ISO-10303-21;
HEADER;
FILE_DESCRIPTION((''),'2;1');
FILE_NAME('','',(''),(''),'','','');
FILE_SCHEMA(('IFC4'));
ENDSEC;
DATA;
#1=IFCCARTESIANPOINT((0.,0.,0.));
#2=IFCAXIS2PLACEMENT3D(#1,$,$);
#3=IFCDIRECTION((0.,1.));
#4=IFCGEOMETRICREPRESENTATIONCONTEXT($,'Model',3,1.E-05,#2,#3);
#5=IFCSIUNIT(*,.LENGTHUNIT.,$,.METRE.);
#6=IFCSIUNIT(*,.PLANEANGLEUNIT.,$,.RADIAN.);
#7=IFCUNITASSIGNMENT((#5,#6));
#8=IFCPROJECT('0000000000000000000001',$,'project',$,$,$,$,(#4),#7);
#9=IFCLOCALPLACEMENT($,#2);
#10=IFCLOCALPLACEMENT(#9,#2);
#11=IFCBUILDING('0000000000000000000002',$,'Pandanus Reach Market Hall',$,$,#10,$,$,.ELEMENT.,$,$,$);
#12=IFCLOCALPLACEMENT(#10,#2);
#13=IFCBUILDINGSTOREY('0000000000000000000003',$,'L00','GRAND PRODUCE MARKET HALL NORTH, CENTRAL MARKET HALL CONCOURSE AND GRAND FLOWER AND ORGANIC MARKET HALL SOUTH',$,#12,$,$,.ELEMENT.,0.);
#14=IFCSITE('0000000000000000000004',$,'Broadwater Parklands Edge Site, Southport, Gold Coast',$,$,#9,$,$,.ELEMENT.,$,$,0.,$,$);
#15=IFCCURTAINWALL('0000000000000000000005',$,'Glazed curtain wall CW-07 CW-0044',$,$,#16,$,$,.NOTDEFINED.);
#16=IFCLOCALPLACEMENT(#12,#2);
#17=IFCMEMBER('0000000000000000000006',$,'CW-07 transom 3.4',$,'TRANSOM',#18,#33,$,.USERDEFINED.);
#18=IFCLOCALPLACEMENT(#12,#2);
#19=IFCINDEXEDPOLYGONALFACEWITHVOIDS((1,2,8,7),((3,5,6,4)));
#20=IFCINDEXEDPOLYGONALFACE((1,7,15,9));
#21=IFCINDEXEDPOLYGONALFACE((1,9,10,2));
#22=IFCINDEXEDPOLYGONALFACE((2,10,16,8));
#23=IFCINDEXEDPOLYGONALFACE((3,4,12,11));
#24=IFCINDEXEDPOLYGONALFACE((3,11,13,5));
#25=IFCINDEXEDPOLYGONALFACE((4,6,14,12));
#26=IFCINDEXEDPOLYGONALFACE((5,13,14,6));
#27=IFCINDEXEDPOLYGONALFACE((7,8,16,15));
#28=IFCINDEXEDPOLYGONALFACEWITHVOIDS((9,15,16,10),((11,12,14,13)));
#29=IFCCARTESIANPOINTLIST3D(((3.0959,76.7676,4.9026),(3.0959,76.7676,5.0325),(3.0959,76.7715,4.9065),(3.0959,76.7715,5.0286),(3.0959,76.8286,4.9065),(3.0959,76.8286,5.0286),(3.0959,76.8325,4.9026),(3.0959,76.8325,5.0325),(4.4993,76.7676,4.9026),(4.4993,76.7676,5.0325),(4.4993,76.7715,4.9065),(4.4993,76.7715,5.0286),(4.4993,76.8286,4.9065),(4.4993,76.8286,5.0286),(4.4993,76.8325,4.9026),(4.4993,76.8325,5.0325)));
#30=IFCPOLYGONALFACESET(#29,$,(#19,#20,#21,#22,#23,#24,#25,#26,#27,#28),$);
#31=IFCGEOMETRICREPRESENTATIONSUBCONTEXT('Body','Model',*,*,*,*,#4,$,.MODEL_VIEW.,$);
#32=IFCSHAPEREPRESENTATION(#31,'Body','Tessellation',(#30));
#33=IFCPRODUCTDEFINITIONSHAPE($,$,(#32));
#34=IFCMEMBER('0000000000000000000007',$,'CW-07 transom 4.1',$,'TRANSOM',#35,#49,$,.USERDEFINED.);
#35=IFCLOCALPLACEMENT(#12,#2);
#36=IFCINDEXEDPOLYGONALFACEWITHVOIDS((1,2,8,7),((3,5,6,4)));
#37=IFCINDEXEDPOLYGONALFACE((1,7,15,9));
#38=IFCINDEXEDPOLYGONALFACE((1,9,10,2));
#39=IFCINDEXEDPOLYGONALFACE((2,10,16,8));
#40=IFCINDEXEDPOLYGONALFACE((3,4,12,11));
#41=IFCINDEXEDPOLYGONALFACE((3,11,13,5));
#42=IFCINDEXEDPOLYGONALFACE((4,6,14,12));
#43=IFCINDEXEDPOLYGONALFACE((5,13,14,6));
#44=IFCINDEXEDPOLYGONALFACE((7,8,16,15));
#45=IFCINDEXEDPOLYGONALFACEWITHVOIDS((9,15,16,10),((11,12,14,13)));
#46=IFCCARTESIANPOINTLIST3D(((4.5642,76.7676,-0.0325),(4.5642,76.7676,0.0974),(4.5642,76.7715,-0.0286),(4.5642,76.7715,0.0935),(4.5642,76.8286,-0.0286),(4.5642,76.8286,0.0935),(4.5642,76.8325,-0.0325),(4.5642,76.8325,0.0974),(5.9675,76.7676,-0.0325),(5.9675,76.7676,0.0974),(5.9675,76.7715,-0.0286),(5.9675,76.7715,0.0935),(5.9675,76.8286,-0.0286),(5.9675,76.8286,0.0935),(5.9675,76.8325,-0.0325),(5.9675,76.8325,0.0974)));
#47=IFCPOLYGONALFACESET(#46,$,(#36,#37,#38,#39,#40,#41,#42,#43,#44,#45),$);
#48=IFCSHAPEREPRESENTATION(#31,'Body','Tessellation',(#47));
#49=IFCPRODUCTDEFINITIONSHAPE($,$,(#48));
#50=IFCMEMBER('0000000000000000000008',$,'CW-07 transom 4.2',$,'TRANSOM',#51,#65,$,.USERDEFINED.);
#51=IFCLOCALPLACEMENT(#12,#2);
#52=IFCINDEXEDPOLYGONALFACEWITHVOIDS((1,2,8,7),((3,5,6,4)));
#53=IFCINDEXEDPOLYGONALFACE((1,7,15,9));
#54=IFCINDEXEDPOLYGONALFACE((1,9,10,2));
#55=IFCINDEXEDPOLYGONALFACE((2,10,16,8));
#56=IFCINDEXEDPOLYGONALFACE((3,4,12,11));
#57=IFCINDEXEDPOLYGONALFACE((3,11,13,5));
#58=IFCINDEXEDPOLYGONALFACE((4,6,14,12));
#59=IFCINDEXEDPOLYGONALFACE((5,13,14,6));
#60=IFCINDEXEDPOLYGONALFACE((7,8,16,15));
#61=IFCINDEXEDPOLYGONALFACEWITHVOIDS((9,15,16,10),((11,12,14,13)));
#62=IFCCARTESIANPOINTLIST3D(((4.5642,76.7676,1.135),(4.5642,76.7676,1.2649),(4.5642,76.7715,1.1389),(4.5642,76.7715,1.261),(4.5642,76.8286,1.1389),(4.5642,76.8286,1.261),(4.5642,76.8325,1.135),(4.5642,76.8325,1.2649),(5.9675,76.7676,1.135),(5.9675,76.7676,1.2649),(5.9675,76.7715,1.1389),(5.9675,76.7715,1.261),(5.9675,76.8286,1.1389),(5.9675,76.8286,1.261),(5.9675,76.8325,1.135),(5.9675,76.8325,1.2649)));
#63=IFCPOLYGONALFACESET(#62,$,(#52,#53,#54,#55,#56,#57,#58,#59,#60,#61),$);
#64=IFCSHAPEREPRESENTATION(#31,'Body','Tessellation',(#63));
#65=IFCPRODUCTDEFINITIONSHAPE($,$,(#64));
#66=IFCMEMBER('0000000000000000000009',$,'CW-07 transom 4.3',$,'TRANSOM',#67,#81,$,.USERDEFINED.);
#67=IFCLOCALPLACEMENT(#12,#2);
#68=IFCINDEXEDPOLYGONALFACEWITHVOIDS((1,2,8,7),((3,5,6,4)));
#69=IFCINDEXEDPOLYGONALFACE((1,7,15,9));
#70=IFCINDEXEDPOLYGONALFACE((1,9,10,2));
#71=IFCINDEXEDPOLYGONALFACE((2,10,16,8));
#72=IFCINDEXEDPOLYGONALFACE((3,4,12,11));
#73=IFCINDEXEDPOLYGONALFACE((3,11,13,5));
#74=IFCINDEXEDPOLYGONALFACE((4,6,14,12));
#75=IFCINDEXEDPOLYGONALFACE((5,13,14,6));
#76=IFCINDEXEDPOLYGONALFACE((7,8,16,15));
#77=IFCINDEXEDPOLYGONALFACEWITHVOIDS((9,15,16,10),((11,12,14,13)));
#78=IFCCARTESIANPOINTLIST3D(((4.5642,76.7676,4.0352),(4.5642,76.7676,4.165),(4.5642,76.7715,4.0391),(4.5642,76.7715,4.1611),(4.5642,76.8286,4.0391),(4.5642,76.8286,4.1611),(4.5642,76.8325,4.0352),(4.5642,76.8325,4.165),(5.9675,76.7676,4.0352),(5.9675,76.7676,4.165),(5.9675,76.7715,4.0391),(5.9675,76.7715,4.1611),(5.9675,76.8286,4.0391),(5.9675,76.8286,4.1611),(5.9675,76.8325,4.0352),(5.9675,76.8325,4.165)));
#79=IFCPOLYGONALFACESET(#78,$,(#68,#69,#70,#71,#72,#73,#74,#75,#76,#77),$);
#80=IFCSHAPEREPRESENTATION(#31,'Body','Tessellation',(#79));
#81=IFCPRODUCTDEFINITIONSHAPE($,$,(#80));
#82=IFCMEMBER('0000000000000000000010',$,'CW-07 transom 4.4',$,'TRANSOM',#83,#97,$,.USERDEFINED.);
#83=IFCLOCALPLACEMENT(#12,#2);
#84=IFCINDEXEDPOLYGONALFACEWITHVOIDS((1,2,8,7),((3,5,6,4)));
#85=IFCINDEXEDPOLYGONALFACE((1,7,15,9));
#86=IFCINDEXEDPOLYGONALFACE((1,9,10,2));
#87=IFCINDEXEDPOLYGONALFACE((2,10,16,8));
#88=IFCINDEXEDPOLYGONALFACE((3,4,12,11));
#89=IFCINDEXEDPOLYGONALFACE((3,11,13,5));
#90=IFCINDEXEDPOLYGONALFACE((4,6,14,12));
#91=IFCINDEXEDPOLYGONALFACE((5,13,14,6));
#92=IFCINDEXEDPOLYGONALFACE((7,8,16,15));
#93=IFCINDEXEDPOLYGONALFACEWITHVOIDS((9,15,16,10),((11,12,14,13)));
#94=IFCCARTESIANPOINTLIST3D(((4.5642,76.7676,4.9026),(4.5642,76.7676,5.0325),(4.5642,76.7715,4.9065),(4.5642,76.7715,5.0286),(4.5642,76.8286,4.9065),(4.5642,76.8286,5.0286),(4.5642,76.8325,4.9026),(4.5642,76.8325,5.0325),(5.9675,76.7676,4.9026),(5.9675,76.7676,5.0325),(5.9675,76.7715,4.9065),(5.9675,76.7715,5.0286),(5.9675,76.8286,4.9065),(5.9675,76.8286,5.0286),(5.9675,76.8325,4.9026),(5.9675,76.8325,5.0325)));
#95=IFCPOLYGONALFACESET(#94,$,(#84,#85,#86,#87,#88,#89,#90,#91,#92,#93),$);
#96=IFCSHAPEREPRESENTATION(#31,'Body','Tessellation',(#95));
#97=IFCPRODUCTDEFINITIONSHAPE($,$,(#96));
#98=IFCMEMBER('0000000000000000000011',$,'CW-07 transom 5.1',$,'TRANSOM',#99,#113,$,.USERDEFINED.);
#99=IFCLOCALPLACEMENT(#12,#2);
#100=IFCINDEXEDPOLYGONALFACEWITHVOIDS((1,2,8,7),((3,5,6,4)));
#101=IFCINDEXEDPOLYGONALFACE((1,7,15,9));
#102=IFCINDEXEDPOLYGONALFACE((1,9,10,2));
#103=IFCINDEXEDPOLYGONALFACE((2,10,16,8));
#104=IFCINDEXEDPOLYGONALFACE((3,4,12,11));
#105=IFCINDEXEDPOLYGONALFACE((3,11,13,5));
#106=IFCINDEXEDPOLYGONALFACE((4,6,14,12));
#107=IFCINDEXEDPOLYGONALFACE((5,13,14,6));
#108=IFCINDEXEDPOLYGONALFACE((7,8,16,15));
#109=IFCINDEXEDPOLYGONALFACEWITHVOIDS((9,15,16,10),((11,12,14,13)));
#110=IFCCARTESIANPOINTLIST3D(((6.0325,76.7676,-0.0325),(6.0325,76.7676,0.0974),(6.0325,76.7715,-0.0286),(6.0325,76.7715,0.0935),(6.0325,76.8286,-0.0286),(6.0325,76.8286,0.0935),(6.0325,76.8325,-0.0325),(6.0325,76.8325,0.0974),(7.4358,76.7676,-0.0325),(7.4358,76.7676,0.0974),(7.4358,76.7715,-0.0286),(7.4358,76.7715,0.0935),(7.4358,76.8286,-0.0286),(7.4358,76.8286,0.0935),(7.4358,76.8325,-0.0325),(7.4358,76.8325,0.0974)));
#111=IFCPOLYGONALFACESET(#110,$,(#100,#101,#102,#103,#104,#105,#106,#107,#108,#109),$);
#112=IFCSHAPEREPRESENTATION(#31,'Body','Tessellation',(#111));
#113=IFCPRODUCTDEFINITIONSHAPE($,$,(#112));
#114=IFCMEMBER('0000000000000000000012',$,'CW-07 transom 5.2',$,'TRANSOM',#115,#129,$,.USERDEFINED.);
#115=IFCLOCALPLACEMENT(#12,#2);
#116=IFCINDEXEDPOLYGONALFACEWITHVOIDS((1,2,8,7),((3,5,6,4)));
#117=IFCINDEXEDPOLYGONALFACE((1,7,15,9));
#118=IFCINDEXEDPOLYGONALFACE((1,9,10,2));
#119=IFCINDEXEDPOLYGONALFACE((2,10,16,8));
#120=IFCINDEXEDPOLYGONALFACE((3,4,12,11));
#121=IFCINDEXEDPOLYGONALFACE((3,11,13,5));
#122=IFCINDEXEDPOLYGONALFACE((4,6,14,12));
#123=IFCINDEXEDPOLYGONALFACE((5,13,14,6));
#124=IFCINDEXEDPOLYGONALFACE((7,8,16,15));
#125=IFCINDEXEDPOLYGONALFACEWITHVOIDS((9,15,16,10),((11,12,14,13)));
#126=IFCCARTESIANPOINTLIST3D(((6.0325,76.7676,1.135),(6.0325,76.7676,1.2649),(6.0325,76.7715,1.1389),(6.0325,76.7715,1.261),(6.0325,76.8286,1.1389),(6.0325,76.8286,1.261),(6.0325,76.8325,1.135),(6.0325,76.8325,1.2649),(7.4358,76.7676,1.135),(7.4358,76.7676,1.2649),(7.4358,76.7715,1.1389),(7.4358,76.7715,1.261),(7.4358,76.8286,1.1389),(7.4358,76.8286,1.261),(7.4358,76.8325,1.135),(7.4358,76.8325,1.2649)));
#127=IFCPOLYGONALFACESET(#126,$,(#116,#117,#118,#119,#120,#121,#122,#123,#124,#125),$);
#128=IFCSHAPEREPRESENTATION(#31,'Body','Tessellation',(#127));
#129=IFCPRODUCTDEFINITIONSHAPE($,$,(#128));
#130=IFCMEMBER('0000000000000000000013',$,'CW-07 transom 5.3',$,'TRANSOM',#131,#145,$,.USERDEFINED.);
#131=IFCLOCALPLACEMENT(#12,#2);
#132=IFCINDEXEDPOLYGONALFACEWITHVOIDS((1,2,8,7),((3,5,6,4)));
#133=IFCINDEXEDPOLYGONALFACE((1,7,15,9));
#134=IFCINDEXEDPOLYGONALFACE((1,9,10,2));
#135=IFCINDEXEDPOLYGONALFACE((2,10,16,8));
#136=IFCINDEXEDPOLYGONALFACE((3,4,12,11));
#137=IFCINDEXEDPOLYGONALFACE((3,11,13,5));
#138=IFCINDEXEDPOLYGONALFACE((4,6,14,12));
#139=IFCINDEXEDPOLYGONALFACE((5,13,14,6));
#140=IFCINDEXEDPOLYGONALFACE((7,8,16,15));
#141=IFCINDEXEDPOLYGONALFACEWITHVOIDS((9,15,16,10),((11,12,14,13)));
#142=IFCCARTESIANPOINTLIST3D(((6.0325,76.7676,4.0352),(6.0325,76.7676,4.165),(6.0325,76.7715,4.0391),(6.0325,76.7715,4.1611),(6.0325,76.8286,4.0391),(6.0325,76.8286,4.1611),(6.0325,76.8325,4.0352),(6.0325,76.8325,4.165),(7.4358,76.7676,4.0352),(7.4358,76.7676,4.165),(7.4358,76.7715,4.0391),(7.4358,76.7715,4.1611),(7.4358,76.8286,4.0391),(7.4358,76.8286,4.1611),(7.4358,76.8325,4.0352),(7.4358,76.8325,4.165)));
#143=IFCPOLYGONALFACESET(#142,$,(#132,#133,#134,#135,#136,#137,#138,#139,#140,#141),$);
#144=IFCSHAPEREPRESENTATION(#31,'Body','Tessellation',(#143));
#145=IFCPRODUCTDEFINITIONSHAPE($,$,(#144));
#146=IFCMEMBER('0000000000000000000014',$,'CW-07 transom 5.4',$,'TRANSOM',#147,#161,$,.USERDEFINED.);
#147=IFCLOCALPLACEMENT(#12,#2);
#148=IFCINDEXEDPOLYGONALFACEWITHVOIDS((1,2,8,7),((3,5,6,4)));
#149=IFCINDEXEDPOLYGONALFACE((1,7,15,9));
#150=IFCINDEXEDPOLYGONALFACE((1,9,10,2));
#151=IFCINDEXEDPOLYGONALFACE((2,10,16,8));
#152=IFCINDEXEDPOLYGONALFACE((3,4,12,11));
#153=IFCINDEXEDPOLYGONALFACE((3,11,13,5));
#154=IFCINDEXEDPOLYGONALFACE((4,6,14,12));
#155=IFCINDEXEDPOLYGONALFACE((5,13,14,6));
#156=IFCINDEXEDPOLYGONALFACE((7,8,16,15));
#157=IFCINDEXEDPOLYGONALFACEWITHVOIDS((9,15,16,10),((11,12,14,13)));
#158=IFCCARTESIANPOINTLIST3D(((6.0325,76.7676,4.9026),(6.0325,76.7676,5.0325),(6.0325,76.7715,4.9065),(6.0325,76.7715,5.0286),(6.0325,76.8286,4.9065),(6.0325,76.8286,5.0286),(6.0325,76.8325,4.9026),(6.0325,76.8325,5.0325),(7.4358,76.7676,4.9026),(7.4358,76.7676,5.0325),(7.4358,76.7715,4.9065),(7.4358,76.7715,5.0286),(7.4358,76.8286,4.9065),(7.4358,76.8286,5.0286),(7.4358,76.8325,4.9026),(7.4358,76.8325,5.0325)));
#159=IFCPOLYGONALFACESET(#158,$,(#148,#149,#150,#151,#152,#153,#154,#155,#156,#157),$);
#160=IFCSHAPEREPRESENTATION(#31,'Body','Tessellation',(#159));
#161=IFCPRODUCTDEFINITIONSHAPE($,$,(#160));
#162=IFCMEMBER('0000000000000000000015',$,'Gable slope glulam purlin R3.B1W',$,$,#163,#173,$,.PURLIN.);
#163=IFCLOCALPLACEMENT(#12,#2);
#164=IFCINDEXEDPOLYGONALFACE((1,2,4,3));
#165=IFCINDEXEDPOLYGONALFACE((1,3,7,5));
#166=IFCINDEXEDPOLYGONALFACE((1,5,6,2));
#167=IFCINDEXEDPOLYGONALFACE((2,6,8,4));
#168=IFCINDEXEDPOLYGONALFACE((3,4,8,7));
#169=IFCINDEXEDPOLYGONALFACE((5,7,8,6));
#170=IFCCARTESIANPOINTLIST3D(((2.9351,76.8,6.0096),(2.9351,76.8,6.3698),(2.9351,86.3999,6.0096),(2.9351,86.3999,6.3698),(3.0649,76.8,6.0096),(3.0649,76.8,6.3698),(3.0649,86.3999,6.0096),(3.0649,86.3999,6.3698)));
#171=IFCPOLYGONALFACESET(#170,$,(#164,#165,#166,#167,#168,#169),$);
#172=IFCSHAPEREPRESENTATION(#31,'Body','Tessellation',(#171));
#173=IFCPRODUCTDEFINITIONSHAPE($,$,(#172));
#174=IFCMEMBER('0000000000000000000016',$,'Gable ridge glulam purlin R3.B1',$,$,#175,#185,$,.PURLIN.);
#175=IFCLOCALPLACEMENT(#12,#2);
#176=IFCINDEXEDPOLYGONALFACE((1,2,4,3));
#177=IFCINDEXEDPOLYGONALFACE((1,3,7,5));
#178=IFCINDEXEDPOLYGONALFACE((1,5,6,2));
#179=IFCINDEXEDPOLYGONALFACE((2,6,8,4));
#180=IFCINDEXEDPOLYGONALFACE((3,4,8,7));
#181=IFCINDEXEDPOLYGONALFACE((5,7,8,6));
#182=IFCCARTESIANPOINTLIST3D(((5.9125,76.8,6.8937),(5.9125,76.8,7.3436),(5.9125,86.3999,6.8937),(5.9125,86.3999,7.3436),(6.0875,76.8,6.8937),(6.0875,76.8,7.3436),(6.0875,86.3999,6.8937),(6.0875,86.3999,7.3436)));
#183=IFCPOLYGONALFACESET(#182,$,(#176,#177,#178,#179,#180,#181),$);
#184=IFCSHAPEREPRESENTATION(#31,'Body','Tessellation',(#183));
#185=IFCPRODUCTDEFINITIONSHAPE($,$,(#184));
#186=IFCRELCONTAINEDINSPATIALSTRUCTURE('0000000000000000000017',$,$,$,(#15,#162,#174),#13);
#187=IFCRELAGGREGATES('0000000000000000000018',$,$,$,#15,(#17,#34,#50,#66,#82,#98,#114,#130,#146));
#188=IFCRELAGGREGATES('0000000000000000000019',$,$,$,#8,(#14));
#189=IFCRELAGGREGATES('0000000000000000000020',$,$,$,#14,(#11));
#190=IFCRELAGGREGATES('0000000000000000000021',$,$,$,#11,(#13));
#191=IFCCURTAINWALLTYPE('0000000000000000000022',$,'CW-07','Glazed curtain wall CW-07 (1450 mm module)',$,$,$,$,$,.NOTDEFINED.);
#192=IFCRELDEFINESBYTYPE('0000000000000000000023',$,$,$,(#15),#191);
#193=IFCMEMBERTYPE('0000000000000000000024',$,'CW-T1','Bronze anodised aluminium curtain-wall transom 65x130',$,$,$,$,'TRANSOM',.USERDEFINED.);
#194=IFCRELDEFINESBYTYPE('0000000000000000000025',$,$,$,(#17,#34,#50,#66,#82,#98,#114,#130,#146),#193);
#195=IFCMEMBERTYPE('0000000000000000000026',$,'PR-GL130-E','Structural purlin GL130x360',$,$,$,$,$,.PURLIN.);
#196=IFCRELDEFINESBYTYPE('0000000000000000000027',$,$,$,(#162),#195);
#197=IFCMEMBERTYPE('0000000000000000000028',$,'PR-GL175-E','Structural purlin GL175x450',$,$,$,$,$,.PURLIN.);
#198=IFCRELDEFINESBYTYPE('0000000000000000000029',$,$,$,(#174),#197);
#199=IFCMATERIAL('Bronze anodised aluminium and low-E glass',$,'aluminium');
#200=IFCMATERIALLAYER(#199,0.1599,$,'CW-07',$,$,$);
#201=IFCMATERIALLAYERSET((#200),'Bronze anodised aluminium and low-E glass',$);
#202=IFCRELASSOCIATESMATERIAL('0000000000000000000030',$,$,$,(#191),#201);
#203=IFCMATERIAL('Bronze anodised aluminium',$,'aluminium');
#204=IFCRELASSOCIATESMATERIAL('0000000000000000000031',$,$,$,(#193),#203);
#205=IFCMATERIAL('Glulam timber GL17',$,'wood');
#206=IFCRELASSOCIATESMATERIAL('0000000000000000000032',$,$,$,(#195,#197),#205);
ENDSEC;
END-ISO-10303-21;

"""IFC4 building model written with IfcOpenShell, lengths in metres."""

from ifc_helpers import new_model, si_unit, direction, frame, origin, origin_2d, place, context, subcontext, project, spatial, rectangle, hollow_rectangle, extrude, material, layer, layer_set, material_profile, profile_set, type_object, element, aggregate, save


model = new_model("IFC4")

# Units and contexts
model_context = context("Model", 3, precision=1e-05, world=origin(), true_north=direction((0.0, 1.0)))
body_context = subcontext(model_context, "Body", "Model", "MODEL_VIEW")
ifc_project = project(units=[si_unit("LENGTHUNIT", "METRE"), si_unit("PLANEANGLEUNIT", "RADIAN")], contexts=[model_context])

# Site, building, storey
site_placement = place(None, origin())
site = spatial("IfcSite", under=ifc_project, at=site_placement, Name="Broadwater Parklands Edge Site, Southport, Gold Coast", CompositionType="ELEMENT", RefElevation=0.0)
building_placement = place(site_placement, origin())
building = spatial("IfcBuilding", under=site, at=building_placement, Name="Pandanus Reach Market Hall", CompositionType="ELEMENT")
storey_placement = place(building_placement, origin())
storey = spatial("IfcBuildingStorey", under=building, at=storey_placement, Name="L00", Description="GRAND PRODUCE MARKET HALL NORTH, CENTRAL MARKET HALL CONCOURSE AND GRAND FLOWER AND ORGANIC MARKET HALL SOUTH", CompositionType="ELEMENT", Elevation=0.0)

# Curtain wall, members
ifc_material_1 = material(Name="Bronze anodised aluminium and low-E glass", Category="aluminium")
ifc_layer_1 = layer(ifc_material_1, 0.1599, Name="CW-07")
ifc_layer_set_1 = layer_set([ifc_layer_1], Name="Bronze anodised aluminium and low-E glass")
curtain_wall_type = type_object("IfcCurtainWallType", Name="CW-07", Description="Glazed curtain wall CW-07 (1450 mm module)", PredefinedType="NOTDEFINED", material=ifc_layer_set_1)
curtain_wall_placement = place(storey_placement, origin())
curtain_wall = element("IfcCurtainWall", 1, at=curtain_wall_placement, inside=storey, type_object=curtain_wall_type, Name="Glazed curtain wall CW-07 CW-0044", PredefinedType="NOTDEFINED")
ifc_material_2 = material(Name="Bronze anodised aluminium", Category="aluminium")
ifc_material_profile_1 = material_profile(ifc_material_2, hollow_rectangle(XDim=0.0649, YDim=0.1299, WallThickness=0.0039, at=origin_2d()), Name="ALU65x130", Category="LoadBearing")
ifc_profile_set_1 = profile_set([ifc_material_profile_1], Name="Bronze anodised aluminium")
member_type_1 = type_object("IfcMemberType", Name="CW-T1", Description="Bronze anodised aluminium curtain-wall transom 65x130", ElementType="TRANSOM", PredefinedType="USERDEFINED", material=ifc_profile_set_1)
member_1_placement = place(storey_placement, frame((3.0959, 76.8, 4.9675), z_axis=(1.0, 0.0, 0.0), x_axis=(0.0, 1.0, 0.0)))
member_1 = element("IfcMember", 2, at=member_1_placement, type_object=member_type_1, Name="CW-07 transom 3.4", ObjectType="TRANSOM", PredefinedType="USERDEFINED", context=body_context, shape_type="SweptSolid", body=[
    extrude(hollow_rectangle(XDim=0.0649, YDim=0.1299, WallThickness=0.0039, at=origin_2d()), origin(), (0.0, 0.0, 1.0), 1.4033),
])
member_2_placement = place(storey_placement, frame((4.5642, 76.8, 0.0325), z_axis=(1.0, 0.0, 0.0), x_axis=(0.0, 1.0, 0.0)))
member_2 = element("IfcMember", 3, at=member_2_placement, type_object=member_type_1, Name="CW-07 transom 4.1", ObjectType="TRANSOM", PredefinedType="USERDEFINED", context=body_context, shape_type="SweptSolid", body=[
    extrude(hollow_rectangle(XDim=0.0649, YDim=0.1299, WallThickness=0.0039, at=origin_2d()), origin(), (0.0, 0.0, 1.0), 1.4033),
])
member_3_placement = place(storey_placement, frame((4.5642, 76.8, 1.2), z_axis=(1.0, 0.0, 0.0), x_axis=(0.0, 1.0, 0.0)))
member_3 = element("IfcMember", 4, at=member_3_placement, type_object=member_type_1, Name="CW-07 transom 4.2", ObjectType="TRANSOM", PredefinedType="USERDEFINED", context=body_context, shape_type="SweptSolid", body=[
    extrude(hollow_rectangle(XDim=0.0649, YDim=0.1299, WallThickness=0.0039, at=origin_2d()), origin(), (0.0, 0.0, 1.0), 1.4033),
])
member_4_placement = place(storey_placement, frame((4.5642, 76.8, 4.1001), z_axis=(1.0, 0.0, 0.0), x_axis=(0.0, 1.0, 0.0)))
member_4 = element("IfcMember", 5, at=member_4_placement, type_object=member_type_1, Name="CW-07 transom 4.3", ObjectType="TRANSOM", PredefinedType="USERDEFINED", context=body_context, shape_type="SweptSolid", body=[
    extrude(hollow_rectangle(XDim=0.0649, YDim=0.1299, WallThickness=0.0039, at=origin_2d()), origin(), (0.0, 0.0, 1.0), 1.4033),
])
member_5_placement = place(storey_placement, frame((4.5642, 76.8, 4.9675), z_axis=(1.0, 0.0, 0.0), x_axis=(0.0, 1.0, 0.0)))
member_5 = element("IfcMember", 6, at=member_5_placement, type_object=member_type_1, Name="CW-07 transom 4.4", ObjectType="TRANSOM", PredefinedType="USERDEFINED", context=body_context, shape_type="SweptSolid", body=[
    extrude(hollow_rectangle(XDim=0.0649, YDim=0.1299, WallThickness=0.0039, at=origin_2d()), origin(), (0.0, 0.0, 1.0), 1.4033),
])
member_6_placement = place(storey_placement, frame((6.0325, 76.8, 0.0325), z_axis=(1.0, 0.0, 0.0), x_axis=(0.0, 1.0, 0.0)))
member_6 = element("IfcMember", 7, at=member_6_placement, type_object=member_type_1, Name="CW-07 transom 5.1", ObjectType="TRANSOM", PredefinedType="USERDEFINED", context=body_context, shape_type="SweptSolid", body=[
    extrude(hollow_rectangle(XDim=0.0649, YDim=0.1299, WallThickness=0.0039, at=origin_2d()), origin(), (0.0, 0.0, 1.0), 1.4033),
])
member_7_placement = place(storey_placement, frame((6.0325, 76.8, 1.2), z_axis=(1.0, 0.0, 0.0), x_axis=(0.0, 1.0, 0.0)))
member_7 = element("IfcMember", 8, at=member_7_placement, type_object=member_type_1, Name="CW-07 transom 5.2", ObjectType="TRANSOM", PredefinedType="USERDEFINED", context=body_context, shape_type="SweptSolid", body=[
    extrude(hollow_rectangle(XDim=0.0649, YDim=0.1299, WallThickness=0.0039, at=origin_2d()), origin(), (0.0, 0.0, 1.0), 1.4033),
])
member_8_placement = place(storey_placement, frame((6.0325, 76.8, 4.1001), z_axis=(1.0, 0.0, 0.0), x_axis=(0.0, 1.0, 0.0)))
member_8 = element("IfcMember", 9, at=member_8_placement, type_object=member_type_1, Name="CW-07 transom 5.3", ObjectType="TRANSOM", PredefinedType="USERDEFINED", context=body_context, shape_type="SweptSolid", body=[
    extrude(hollow_rectangle(XDim=0.0649, YDim=0.1299, WallThickness=0.0039, at=origin_2d()), origin(), (0.0, 0.0, 1.0), 1.4033),
])
member_9_placement = place(storey_placement, frame((6.0325, 76.8, 4.9675), z_axis=(1.0, 0.0, 0.0), x_axis=(0.0, 1.0, 0.0)))
member_9 = element("IfcMember", 10, at=member_9_placement, type_object=member_type_1, Name="CW-07 transom 5.4", ObjectType="TRANSOM", PredefinedType="USERDEFINED", context=body_context, shape_type="SweptSolid", body=[
    extrude(hollow_rectangle(XDim=0.0649, YDim=0.1299, WallThickness=0.0039, at=origin_2d()), origin(), (0.0, 0.0, 1.0), 1.4033),
])

# Members
ifc_material_3 = material(Name="Glulam timber GL17", Category="wood")
ifc_material_profile_2 = material_profile(ifc_material_3, rectangle(XDim=0.1299, YDim=0.3601, at=origin_2d()), Name="GL130x360", Category="LoadBearing")
ifc_profile_set_2 = profile_set([ifc_material_profile_2], Name="Glulam timber GL17")
member_type_2 = type_object("IfcMemberType", Name="PR-GL130-E", Description="Structural purlin GL130x360", PredefinedType="PURLIN", material=ifc_profile_set_2)
member_10_placement = place(storey_placement, frame((3.0, 76.8, 6.1897), z_axis=(0.0, 1.0, 0.0), x_axis=(-1.0, 0.0, 0.0)))
element("IfcMember", 11, at=member_10_placement, inside=storey, type_object=member_type_2, Name="Gable slope glulam purlin R3.B1W", PredefinedType="PURLIN", context=body_context, shape_type="SweptSolid", body=[
    extrude(rectangle(XDim=0.1299, YDim=0.3601, at=origin_2d()), origin(), (0.0, 0.0, 1.0), 9.5999),
])
ifc_material_profile_3 = material_profile(ifc_material_3, rectangle(XDim=0.175, YDim=0.45, at=origin_2d()), Name="GL175x450", Category="LoadBearing")
ifc_profile_set_3 = profile_set([ifc_material_profile_3], Name="Glulam timber GL17")
member_type_3 = type_object("IfcMemberType", Name="PR-GL175-E", Description="Structural purlin GL175x450", PredefinedType="PURLIN", material=ifc_profile_set_3)
member_11_placement = place(storey_placement, frame((6.0, 76.8, 7.1187), z_axis=(0.0, 1.0, 0.0), x_axis=(-1.0, 0.0, 0.0)))
element("IfcMember", 12, at=member_11_placement, inside=storey, type_object=member_type_3, Name="Gable ridge glulam purlin R3.B1", PredefinedType="PURLIN", context=body_context, shape_type="SweptSolid", body=[
    extrude(rectangle(XDim=0.175, YDim=0.45, at=origin_2d()), origin(), (0.0, 0.0, 1.0), 9.5999),
])

aggregate(curtain_wall, [member_1, member_2, member_3, member_4, member_5, member_6, member_7, member_8, member_9])

save(model, "model.ifc")
